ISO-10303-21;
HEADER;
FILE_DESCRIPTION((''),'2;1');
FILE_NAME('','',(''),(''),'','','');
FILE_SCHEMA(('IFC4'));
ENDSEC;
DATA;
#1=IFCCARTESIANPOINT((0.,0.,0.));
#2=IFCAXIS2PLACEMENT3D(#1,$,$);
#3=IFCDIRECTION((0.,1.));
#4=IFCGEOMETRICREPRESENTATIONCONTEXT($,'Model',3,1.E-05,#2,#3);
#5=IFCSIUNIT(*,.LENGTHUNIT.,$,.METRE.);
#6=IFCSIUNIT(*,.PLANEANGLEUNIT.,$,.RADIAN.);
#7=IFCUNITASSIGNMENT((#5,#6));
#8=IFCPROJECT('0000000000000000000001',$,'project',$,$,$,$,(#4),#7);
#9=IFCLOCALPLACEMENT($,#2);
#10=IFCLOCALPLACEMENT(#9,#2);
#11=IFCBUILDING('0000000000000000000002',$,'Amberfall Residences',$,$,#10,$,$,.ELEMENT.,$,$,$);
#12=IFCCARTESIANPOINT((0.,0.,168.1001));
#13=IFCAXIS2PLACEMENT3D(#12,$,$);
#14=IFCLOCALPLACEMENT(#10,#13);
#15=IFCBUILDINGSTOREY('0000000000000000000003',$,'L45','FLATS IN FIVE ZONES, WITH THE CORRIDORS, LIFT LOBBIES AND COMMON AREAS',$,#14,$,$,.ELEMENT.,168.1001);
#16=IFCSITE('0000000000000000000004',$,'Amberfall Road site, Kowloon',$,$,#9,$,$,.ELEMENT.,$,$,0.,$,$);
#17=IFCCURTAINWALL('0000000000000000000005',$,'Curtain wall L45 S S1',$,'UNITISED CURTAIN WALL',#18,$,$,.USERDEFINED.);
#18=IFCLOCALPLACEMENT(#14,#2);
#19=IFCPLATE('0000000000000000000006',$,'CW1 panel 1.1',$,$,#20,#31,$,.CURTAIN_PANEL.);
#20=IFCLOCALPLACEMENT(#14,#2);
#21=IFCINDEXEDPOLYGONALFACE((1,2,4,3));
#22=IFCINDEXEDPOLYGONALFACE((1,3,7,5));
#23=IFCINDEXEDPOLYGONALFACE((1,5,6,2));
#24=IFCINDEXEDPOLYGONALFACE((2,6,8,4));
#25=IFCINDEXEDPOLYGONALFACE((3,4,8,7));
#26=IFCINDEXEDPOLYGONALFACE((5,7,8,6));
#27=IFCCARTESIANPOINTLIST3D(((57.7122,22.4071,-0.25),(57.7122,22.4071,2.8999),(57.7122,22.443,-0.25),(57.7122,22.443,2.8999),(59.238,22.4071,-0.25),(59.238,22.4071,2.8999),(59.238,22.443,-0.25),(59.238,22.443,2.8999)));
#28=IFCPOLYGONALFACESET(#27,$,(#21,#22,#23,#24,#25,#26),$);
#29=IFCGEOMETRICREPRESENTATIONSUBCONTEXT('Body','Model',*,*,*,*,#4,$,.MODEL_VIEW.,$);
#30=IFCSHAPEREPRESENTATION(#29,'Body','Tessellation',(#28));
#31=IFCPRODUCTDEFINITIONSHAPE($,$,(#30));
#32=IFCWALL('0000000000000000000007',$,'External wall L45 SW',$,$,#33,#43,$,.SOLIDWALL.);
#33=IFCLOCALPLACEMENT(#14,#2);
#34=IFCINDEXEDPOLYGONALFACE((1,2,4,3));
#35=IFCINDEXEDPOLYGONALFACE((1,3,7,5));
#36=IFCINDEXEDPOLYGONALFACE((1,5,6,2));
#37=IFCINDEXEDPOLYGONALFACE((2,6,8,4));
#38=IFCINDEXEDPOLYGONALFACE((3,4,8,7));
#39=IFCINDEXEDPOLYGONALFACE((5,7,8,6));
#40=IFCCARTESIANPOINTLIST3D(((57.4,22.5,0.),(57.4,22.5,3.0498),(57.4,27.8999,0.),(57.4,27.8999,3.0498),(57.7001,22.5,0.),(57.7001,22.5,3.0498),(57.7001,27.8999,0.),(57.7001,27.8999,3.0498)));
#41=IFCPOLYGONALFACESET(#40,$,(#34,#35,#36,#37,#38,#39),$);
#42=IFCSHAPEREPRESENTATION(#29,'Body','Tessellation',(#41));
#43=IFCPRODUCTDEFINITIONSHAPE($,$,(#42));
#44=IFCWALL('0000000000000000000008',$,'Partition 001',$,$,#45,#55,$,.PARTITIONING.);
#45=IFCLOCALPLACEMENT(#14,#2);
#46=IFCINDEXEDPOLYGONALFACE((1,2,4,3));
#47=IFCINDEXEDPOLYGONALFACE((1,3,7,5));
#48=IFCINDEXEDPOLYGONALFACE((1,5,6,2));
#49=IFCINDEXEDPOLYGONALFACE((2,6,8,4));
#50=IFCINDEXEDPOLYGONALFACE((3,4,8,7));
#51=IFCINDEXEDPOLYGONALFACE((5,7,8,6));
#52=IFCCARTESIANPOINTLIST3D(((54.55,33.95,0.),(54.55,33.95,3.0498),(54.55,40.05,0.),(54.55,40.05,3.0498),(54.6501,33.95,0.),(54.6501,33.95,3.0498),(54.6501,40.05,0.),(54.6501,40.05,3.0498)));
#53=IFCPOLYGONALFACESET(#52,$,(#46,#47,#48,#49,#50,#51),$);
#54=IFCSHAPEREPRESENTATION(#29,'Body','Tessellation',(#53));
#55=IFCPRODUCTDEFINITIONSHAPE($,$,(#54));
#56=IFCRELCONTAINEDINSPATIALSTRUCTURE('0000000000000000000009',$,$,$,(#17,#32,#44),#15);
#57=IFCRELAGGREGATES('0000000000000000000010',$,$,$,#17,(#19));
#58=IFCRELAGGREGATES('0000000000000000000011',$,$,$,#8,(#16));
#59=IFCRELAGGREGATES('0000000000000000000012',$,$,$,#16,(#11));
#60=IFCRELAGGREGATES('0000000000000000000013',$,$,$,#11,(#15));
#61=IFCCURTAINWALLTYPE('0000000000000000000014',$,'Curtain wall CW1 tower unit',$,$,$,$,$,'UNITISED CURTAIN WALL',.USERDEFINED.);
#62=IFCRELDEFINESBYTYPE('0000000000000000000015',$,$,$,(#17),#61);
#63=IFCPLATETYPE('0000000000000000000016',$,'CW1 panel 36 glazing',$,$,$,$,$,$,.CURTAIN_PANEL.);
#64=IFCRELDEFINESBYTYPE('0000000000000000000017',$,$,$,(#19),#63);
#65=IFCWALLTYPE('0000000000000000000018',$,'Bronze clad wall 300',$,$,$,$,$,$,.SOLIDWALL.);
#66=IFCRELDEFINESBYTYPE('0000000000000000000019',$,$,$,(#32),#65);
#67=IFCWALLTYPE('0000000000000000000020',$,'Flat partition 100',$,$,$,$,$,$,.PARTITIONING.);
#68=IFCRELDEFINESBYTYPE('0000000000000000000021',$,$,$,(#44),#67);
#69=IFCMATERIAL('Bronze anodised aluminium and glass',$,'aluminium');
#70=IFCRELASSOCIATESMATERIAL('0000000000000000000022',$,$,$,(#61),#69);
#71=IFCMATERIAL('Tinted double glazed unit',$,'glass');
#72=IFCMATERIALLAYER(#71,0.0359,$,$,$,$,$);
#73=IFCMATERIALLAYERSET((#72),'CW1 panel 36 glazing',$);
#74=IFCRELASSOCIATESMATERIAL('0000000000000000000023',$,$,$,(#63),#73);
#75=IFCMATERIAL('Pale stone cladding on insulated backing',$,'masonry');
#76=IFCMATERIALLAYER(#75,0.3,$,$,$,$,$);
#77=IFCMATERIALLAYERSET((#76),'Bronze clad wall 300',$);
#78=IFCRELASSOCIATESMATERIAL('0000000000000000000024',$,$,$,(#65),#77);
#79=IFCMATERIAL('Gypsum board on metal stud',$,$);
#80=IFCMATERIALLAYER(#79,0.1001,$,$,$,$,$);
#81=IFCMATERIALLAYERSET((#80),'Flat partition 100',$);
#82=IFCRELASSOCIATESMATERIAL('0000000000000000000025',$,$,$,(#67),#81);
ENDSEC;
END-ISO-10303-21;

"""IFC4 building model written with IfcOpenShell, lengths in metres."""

from ifc_helpers import new_model, si_unit, direction, frame, frame_2d, origin, origin_2d, place, context, subcontext, project, spatial, rectangle, extrude, material, layer, layer_set, type_object, element, aggregate, save


model = new_model("IFC4")

# Units and contexts
model_context = context("Model", 3, precision=1e-05, world=origin(), true_north=direction((0.0, 1.0)))
body_context = subcontext(model_context, "Body", "Model", "MODEL_VIEW")
ifc_project = project(units=[si_unit("LENGTHUNIT", "METRE"), si_unit("PLANEANGLEUNIT", "RADIAN")], contexts=[model_context])

# Site, building, storey
site_placement = place(None, origin())
site = spatial("IfcSite", under=ifc_project, at=site_placement, Name="Amberfall Road site, Kowloon", CompositionType="ELEMENT", RefElevation=0.0)
building_placement = place(site_placement, origin())
building = spatial("IfcBuilding", under=site, at=building_placement, Name="Amberfall Residences", CompositionType="ELEMENT")
storey_placement = place(building_placement, frame((0.0, 0.0, 168.1001)))
storey = spatial("IfcBuildingStorey", under=building, at=storey_placement, Name="L45", Description="FLATS IN FIVE ZONES, WITH THE CORRIDORS, LIFT LOBBIES AND COMMON AREAS", CompositionType="ELEMENT", Elevation=168.1001)

# Curtain wall
ifc_material_1 = material(Name="Bronze anodised aluminium and glass", Category="aluminium")
curtain_wall_type = type_object("IfcCurtainWallType", Name="Curtain wall CW1 tower unit", ElementType="UNITISED CURTAIN WALL", PredefinedType="USERDEFINED", material=ifc_material_1)
curtain_wall_placement = place(storey_placement, origin())
curtain_wall = element("IfcCurtainWall", 1, at=curtain_wall_placement, inside=storey, type_object=curtain_wall_type, Name="Curtain wall L45 S S1", ObjectType="UNITISED CURTAIN WALL", PredefinedType="USERDEFINED")

# Plate
ifc_material_2 = material(Name="Tinted double glazed unit", Category="glass")
ifc_layer_1 = layer(ifc_material_2, 0.0359)
ifc_layer_set_1 = layer_set([ifc_layer_1], Name="CW1 panel 36 glazing")
plate_type = type_object("IfcPlateType", Name="CW1 panel 36 glazing", PredefinedType="CURTAIN_PANEL", material=ifc_layer_set_1)
plate_placement = place(storey_placement, frame((58.4751, 22.425, -0.25), z_axis=(0.0, 0.0, 1.0), x_axis=(1.0, 0.0, 0.0)))
plate = element("IfcPlate", 2, at=plate_placement, type_object=plate_type, Name="CW1 panel 1.1", PredefinedType="CURTAIN_PANEL", context=body_context, shape_type="SweptSolid", body=[
    extrude(rectangle(XDim=1.5259, YDim=0.0359, at=origin_2d()), origin(), (0.0, 0.0, 1.0), 3.1499),
])
aggregate(curtain_wall, [plate])

# Walls
ifc_material_3 = material(Name="Pale stone cladding on insulated backing", Category="masonry")
ifc_layer_2 = layer(ifc_material_3, 0.3)
ifc_layer_set_2 = layer_set([ifc_layer_2], Name="Bronze clad wall 300")
wall_type_1 = type_object("IfcWallType", Name="Bronze clad wall 300", PredefinedType="SOLIDWALL", material=ifc_layer_set_2)
wall_1_placement = place(storey_placement, frame((57.55, 27.8999, 0.0), z_axis=(0.0, 0.0, 1.0), x_axis=(0.0, -1.0, 0.0)))
element("IfcWall", 3, at=wall_1_placement, inside=storey, type_object=wall_type_1, Name="External wall L45 SW", PredefinedType="SOLIDWALL", context=body_context, shape_type="SweptSolid", body=[
    extrude(rectangle(XDim=5.3999, YDim=0.3, at=frame_2d((2.7, 0.0))), origin(), (0.0, 0.0, 1.0), 3.0498),
])
ifc_material_4 = material(Name="Gypsum board on metal stud")
ifc_layer_3 = layer(ifc_material_4, 0.1001)
ifc_layer_set_3 = layer_set([ifc_layer_3], Name="Flat partition 100")
wall_type_2 = type_object("IfcWallType", Name="Flat partition 100", PredefinedType="PARTITIONING", material=ifc_layer_set_3)
wall_2_placement = place(storey_placement, frame((54.6001, 33.95, 0.0), z_axis=(0.0, 0.0, 1.0), x_axis=(0.0, 1.0, 0.0)))
element("IfcWall", 4, at=wall_2_placement, inside=storey, type_object=wall_type_2, Name="Partition 001", PredefinedType="PARTITIONING", context=body_context, shape_type="SweptSolid", body=[
    extrude(rectangle(XDim=6.1001, YDim=0.1001, at=frame_2d((3.05, 0.0))), origin(), (0.0, 0.0, 1.0), 3.0498),
])

save(model, "model.ifc")
